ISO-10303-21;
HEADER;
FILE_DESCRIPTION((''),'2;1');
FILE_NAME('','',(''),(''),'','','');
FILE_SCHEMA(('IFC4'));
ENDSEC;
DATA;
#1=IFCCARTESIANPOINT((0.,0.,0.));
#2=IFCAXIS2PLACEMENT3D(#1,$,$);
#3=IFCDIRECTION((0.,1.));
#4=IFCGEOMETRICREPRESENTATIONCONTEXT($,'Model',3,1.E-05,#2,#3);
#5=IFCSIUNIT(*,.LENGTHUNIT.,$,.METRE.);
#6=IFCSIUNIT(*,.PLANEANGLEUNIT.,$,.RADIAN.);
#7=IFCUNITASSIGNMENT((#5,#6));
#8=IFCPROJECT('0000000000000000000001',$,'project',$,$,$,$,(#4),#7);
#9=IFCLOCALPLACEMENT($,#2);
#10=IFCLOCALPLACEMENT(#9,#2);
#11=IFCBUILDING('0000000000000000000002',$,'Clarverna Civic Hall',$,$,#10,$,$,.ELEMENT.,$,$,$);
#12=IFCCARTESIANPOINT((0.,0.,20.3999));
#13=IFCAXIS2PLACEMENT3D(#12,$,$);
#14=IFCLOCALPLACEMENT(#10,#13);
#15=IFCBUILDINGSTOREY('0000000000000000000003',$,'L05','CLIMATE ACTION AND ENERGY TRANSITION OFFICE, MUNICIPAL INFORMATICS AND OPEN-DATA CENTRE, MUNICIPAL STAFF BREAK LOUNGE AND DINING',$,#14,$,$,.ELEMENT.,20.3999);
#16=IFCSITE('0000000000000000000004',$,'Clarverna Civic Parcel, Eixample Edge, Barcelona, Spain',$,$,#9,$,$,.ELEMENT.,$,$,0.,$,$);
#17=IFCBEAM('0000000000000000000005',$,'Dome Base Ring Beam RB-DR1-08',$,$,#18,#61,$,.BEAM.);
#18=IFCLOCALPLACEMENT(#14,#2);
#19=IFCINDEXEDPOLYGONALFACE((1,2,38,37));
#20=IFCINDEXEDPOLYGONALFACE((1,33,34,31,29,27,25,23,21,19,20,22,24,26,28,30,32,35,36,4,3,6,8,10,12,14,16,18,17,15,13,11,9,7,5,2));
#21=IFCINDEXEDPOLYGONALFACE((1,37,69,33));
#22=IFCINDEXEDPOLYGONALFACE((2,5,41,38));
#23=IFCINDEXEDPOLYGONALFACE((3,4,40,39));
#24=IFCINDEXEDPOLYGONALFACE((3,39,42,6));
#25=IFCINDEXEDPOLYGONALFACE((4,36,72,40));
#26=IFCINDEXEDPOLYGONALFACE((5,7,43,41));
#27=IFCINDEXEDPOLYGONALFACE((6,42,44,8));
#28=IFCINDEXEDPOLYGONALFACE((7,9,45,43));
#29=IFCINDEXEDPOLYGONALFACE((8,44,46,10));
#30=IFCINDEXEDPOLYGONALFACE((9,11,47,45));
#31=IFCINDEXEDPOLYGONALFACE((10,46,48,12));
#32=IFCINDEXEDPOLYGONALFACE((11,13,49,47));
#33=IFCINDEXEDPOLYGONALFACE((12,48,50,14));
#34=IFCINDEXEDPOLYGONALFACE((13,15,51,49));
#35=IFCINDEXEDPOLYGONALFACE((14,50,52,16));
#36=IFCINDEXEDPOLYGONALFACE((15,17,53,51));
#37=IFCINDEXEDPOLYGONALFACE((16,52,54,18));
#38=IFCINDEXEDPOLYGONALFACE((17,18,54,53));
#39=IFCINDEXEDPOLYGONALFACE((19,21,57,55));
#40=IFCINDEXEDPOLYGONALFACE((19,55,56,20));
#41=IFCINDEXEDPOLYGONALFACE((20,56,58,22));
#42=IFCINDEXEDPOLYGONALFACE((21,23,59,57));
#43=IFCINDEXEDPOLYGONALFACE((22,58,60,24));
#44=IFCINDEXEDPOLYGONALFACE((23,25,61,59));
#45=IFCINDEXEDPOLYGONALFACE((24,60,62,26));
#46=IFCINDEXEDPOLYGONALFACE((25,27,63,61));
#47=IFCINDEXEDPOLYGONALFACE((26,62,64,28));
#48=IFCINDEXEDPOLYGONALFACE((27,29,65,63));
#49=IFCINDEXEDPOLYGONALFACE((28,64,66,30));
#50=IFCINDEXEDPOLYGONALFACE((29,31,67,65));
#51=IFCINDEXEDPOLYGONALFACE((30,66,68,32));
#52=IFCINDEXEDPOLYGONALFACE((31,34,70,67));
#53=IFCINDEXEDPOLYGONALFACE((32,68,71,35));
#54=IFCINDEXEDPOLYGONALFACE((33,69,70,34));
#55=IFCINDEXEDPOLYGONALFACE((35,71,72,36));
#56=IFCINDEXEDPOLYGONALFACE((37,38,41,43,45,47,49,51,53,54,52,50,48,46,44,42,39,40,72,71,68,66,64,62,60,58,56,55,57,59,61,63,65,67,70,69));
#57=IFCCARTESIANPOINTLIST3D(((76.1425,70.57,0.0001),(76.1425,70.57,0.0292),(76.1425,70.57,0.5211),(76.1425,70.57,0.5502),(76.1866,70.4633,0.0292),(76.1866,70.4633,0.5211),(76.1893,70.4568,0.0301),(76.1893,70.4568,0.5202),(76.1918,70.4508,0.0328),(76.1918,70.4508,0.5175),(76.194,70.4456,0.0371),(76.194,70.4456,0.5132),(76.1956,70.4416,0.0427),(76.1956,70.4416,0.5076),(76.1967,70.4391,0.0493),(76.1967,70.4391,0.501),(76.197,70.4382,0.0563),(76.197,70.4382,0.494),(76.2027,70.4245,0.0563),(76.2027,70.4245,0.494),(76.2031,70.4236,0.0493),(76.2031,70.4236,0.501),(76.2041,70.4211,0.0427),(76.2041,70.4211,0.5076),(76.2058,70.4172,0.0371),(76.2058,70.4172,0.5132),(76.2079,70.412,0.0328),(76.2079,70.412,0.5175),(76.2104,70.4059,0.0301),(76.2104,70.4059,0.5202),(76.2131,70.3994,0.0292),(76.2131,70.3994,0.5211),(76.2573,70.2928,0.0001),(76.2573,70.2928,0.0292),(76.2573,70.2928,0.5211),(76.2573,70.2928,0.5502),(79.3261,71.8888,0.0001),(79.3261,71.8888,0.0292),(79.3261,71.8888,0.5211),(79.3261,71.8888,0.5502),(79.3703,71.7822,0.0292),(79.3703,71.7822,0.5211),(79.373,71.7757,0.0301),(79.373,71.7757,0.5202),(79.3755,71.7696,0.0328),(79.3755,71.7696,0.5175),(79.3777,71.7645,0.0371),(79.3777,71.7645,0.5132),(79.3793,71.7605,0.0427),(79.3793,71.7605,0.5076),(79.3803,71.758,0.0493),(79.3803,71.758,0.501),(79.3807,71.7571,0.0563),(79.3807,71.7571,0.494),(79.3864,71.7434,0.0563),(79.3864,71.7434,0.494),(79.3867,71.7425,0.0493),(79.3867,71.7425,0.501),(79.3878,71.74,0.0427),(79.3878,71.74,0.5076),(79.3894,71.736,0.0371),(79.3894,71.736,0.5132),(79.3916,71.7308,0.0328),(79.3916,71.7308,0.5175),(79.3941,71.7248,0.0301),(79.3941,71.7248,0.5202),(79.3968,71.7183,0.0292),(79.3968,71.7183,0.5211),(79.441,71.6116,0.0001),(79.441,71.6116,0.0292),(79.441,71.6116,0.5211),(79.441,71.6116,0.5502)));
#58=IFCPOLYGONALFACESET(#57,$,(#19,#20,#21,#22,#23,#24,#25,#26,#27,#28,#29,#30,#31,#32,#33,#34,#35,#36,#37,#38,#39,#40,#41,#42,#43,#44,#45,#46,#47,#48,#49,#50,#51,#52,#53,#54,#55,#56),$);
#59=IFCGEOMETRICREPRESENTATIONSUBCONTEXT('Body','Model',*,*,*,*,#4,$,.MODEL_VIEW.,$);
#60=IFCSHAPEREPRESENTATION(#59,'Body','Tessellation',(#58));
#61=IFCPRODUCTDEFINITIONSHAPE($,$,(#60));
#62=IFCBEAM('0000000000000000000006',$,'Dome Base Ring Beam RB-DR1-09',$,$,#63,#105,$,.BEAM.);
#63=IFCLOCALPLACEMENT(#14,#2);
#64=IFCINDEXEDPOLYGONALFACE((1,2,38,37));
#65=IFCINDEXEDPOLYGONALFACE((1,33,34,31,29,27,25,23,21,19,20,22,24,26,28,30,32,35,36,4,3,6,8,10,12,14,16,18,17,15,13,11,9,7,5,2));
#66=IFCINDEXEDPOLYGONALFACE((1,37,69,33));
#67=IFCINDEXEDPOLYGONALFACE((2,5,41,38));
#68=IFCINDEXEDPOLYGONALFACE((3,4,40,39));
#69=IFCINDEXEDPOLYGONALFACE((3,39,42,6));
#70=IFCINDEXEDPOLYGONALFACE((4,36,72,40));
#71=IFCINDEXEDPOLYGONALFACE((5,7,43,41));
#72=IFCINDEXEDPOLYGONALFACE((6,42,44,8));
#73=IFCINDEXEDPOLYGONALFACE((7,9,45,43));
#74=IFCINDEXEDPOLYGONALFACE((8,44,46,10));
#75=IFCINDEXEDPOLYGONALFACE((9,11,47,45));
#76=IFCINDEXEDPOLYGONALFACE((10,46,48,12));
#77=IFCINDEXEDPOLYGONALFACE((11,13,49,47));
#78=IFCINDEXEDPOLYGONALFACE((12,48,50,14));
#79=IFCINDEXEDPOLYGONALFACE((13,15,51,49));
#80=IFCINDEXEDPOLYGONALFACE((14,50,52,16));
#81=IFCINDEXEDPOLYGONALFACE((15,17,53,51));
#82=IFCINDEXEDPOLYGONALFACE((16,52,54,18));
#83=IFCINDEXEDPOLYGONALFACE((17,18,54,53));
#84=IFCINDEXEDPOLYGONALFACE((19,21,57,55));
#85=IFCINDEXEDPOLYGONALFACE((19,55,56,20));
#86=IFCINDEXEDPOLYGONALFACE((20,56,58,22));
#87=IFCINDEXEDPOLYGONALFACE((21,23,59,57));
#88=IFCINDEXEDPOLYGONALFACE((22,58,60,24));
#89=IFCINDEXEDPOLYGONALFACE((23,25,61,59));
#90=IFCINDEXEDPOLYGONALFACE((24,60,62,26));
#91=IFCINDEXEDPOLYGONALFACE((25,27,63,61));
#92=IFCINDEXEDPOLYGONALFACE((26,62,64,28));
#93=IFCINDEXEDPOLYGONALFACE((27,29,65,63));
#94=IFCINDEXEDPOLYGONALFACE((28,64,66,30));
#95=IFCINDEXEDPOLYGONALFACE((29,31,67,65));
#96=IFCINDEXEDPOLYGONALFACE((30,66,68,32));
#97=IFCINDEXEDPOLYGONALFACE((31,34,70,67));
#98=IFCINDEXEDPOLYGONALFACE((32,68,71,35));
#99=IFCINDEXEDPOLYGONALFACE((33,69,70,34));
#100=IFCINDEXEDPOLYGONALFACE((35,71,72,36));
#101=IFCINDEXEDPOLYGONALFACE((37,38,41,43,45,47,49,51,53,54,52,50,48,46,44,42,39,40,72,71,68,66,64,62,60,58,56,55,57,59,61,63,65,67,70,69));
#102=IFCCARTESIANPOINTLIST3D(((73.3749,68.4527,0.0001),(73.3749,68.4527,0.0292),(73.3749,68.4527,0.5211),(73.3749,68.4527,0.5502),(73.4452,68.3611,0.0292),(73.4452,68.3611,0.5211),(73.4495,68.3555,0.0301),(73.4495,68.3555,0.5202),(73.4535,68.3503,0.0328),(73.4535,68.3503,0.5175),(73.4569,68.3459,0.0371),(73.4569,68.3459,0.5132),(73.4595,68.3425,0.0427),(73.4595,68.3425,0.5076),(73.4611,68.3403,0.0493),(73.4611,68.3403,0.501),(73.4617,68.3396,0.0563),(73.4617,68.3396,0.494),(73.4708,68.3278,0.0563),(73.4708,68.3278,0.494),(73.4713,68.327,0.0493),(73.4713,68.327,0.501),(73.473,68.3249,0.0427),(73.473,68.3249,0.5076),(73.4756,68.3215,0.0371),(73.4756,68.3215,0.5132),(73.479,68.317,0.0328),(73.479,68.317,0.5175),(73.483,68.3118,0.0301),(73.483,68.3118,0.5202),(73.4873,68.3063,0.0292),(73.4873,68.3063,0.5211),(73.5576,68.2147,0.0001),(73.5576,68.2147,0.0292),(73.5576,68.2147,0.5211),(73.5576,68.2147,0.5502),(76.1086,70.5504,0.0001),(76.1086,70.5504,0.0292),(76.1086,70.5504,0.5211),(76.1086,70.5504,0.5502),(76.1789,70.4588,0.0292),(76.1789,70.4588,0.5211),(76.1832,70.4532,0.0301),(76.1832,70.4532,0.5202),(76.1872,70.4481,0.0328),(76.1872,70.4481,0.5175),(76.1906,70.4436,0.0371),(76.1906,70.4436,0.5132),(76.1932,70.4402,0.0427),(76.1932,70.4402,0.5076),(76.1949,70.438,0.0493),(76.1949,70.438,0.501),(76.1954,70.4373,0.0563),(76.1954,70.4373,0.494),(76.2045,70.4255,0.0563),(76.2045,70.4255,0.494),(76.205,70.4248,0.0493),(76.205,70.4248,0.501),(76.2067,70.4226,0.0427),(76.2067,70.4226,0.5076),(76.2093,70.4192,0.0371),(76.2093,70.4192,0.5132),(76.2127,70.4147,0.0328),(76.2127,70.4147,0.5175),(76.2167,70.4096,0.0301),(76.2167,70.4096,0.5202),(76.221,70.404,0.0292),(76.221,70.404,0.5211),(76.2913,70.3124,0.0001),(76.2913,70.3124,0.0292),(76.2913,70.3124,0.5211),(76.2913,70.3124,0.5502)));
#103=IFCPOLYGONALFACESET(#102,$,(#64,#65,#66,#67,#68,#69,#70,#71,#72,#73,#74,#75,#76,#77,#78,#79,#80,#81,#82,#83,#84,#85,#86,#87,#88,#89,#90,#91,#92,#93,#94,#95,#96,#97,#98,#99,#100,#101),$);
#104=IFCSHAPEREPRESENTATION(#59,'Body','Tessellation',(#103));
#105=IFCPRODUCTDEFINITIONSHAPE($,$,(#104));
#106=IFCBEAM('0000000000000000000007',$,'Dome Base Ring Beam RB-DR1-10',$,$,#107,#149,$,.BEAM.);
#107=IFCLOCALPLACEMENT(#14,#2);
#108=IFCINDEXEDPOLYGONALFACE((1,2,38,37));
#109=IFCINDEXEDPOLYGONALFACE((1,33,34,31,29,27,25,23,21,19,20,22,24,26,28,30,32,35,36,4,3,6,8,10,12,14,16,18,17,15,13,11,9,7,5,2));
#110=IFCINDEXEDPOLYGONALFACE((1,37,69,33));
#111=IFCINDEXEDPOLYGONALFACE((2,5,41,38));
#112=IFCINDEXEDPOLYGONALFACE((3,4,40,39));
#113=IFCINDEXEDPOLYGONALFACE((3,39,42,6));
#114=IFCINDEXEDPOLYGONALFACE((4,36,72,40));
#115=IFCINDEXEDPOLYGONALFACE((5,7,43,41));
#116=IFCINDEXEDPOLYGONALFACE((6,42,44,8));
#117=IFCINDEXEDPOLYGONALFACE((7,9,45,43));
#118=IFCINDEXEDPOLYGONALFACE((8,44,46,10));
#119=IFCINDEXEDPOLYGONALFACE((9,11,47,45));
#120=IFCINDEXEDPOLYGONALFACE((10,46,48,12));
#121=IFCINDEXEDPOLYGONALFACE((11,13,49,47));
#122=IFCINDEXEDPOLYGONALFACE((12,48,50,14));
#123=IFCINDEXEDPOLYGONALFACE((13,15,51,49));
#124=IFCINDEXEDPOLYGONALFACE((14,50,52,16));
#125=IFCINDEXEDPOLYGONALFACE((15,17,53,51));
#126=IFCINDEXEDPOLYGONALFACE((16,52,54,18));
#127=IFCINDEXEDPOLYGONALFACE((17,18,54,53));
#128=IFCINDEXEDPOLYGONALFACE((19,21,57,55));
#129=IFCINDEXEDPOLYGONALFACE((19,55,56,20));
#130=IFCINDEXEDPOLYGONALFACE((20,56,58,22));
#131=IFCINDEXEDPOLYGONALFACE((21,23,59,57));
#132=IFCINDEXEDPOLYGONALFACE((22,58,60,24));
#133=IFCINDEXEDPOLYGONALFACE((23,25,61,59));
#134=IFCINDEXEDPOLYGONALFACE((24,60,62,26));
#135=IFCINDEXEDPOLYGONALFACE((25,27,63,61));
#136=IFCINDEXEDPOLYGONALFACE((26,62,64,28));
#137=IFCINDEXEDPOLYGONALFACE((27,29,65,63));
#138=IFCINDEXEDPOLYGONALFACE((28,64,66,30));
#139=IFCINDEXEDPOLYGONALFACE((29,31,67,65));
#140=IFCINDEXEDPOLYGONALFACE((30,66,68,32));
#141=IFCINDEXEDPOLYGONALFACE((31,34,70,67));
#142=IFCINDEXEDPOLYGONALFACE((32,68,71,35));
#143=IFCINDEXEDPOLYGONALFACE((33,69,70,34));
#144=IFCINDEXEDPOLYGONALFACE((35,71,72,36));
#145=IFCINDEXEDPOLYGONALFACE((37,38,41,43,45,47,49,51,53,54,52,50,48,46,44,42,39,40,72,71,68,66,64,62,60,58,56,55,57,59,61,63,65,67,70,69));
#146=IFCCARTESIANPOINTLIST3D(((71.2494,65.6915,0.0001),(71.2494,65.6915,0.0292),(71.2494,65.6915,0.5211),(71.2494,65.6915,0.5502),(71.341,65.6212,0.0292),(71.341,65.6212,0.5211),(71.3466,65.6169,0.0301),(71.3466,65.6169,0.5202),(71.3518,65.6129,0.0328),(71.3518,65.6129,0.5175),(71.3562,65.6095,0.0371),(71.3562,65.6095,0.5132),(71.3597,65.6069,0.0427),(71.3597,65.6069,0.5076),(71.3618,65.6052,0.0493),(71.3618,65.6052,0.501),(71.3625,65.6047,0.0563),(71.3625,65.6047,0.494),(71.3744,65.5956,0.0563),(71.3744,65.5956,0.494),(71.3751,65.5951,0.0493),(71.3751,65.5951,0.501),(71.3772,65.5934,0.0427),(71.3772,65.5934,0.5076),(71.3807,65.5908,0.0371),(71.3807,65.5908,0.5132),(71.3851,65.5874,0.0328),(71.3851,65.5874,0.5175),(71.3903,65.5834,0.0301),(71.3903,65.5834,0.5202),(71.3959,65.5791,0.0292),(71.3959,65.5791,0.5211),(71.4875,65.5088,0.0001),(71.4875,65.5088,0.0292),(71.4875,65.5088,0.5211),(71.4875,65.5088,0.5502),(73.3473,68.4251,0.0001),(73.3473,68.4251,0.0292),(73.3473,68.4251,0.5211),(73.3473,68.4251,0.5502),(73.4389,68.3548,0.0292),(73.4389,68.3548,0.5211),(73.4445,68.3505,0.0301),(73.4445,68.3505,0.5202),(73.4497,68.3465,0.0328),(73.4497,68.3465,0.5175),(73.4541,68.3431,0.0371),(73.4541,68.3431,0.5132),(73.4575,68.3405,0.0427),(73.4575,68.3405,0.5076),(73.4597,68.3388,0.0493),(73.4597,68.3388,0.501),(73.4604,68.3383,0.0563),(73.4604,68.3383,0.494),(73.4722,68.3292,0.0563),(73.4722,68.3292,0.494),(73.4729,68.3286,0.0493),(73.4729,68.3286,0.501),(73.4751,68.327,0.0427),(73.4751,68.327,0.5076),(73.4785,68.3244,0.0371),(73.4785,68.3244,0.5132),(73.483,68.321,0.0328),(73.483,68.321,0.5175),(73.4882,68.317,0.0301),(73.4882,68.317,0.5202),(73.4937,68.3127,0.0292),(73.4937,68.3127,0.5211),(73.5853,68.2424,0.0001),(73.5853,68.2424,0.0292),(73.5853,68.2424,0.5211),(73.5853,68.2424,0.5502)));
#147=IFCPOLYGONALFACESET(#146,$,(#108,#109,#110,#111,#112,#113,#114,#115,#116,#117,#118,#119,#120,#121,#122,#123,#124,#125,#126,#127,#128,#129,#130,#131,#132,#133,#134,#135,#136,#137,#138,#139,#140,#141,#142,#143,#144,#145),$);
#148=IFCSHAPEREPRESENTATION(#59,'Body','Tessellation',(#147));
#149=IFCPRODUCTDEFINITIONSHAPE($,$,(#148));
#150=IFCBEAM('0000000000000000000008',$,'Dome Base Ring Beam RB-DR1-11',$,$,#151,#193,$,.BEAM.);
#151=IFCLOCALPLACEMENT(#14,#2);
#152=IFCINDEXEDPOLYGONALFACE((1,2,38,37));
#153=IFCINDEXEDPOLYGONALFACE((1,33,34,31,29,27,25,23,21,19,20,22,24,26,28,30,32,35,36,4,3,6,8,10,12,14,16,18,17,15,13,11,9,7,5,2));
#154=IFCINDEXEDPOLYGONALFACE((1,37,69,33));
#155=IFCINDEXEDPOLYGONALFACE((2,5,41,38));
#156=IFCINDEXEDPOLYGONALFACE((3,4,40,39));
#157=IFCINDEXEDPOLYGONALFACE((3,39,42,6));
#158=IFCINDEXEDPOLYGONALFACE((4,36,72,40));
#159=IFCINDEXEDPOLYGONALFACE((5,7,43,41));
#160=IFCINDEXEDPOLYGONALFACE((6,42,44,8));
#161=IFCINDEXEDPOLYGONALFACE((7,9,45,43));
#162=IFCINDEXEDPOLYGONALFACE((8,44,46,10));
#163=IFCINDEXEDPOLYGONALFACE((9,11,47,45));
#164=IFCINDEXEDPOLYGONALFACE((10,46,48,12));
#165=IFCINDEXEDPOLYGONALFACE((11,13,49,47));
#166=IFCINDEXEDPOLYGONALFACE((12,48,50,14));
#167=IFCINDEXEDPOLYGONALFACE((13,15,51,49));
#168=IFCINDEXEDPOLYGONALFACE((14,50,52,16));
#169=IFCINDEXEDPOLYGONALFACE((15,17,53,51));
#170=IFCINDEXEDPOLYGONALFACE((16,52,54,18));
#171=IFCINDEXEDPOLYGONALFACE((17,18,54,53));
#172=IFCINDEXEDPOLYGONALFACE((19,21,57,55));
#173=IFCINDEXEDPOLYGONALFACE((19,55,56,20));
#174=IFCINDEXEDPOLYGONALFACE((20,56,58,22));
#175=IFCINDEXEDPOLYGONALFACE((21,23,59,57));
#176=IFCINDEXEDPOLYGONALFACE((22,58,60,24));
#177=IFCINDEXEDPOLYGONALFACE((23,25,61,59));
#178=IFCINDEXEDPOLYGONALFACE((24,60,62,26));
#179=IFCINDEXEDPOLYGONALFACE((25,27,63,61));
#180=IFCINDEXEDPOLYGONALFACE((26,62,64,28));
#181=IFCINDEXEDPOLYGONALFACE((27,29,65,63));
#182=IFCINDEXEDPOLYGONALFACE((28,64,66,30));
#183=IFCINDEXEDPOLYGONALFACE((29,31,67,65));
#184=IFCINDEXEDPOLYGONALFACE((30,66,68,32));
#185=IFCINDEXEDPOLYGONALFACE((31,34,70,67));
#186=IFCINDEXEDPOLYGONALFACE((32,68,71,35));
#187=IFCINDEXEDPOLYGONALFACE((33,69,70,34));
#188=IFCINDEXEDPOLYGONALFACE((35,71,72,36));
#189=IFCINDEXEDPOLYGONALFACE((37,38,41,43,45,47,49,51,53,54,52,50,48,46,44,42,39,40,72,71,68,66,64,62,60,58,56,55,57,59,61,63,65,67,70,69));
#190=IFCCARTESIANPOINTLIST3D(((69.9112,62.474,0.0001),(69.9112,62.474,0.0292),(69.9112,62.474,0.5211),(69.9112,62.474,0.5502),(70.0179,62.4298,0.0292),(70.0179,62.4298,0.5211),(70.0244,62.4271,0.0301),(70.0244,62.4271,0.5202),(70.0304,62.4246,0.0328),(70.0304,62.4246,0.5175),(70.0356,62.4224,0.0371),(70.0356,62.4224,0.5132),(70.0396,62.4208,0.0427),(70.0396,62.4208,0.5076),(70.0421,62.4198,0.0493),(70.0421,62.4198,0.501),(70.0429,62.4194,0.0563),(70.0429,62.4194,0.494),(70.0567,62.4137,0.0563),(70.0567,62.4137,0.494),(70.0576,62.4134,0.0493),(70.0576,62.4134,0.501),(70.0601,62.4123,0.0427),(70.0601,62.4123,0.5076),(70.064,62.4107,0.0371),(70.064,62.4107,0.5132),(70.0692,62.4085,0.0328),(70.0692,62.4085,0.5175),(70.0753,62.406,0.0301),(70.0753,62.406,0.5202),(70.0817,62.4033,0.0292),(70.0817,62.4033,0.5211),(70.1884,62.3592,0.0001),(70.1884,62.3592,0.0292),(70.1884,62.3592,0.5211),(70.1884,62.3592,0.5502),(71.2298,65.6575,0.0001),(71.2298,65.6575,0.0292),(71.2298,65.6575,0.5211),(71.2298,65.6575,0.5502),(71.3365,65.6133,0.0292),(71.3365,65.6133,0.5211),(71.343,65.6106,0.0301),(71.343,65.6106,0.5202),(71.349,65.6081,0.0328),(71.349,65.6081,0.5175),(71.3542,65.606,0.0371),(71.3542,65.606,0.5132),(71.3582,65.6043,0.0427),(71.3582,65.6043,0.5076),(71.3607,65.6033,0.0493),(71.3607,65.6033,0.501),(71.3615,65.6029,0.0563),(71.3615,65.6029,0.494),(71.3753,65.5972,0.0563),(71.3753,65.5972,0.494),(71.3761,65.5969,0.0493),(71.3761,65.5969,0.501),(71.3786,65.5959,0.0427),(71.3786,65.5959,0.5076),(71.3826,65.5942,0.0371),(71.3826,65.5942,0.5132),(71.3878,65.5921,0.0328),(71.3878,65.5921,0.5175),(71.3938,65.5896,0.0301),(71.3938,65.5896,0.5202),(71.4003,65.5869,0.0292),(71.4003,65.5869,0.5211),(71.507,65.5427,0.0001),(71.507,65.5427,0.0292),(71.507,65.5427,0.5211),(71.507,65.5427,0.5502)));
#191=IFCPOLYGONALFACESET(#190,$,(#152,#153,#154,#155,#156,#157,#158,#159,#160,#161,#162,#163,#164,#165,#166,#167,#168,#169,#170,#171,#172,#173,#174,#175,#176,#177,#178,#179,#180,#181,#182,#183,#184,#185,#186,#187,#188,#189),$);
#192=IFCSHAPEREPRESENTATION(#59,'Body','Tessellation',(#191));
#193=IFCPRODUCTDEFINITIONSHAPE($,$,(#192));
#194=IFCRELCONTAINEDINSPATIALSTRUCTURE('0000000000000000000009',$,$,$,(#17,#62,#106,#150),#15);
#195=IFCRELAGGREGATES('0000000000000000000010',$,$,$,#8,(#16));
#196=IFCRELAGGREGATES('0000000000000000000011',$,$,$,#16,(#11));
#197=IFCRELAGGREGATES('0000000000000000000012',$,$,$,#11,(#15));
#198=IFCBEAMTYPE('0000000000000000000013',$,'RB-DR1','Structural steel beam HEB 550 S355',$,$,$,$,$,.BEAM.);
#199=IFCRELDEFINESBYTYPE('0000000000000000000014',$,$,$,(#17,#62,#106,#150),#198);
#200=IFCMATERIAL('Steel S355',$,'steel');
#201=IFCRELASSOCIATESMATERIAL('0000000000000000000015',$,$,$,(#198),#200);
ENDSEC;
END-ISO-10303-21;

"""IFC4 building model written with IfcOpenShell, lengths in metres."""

from ifc_helpers import new_model, si_unit, direction, frame, origin, origin_2d, place, context, subcontext, project, spatial, i_section, extrude, material, material_profile, profile_set, type_object, element, save


model = new_model("IFC4")

# Units and contexts
model_context = context("Model", 3, precision=1e-05, world=origin(), true_north=direction((0.0, 1.0)))
body_context = subcontext(model_context, "Body", "Model", "MODEL_VIEW")
ifc_project = project(units=[si_unit("LENGTHUNIT", "METRE"), si_unit("PLANEANGLEUNIT", "RADIAN")], contexts=[model_context])

# Site, building, storey
site_placement = place(None, origin())
site = spatial("IfcSite", under=ifc_project, at=site_placement, Name="Clarverna Civic Parcel, Eixample Edge, Barcelona, Spain", CompositionType="ELEMENT", RefElevation=0.0)
building_placement = place(site_placement, origin())
building = spatial("IfcBuilding", under=site, at=building_placement, Name="Clarverna Civic Hall", CompositionType="ELEMENT")
storey_placement = place(building_placement, frame((0.0, 0.0, 20.3999)))
storey = spatial("IfcBuildingStorey", under=building, at=storey_placement, Name="L05", Description="CLIMATE ACTION AND ENERGY TRANSITION OFFICE, MUNICIPAL INFORMATICS AND OPEN-DATA CENTRE, MUNICIPAL STAFF BREAK LOUNGE AND DINING", CompositionType="ELEMENT", Elevation=20.3999)

# Beams
ifc_material_1 = material(Name="Steel S355", Category="steel")
ifc_material_profile = material_profile(ifc_material_1, i_section(OverallWidth=0.3, OverallDepth=0.55, WebThickness=0.0149, FlangeThickness=0.0291, FilletRadius=0.0271, at=origin_2d()), Name="HEB 550")
ifc_profile_set = profile_set([ifc_material_profile], Name="Steel S355")
beam_type = type_object("IfcBeamType", Name="RB-DR1", Description="Structural steel beam HEB 550 S355", PredefinedType="BEAM", material=ifc_profile_set)
beam_placement = place(storey_placement, frame((79.3835, 71.7502, 0.2751), z_axis=(-0.923863, -0.382723, 0.0), x_axis=(0.382723, -0.923863, 0.0)))
element("IfcBeam", 1, at=beam_placement, inside=storey, type_object=beam_type, Name="Dome Base Ring Beam RB-DR1-08", PredefinedType="BEAM", context=body_context, shape_type="SweptSolid", body=[
    extrude(i_section(OverallWidth=0.3, OverallDepth=0.55, WebThickness=0.0149, FlangeThickness=0.0291, FilletRadius=0.0271, at=origin_2d()), origin(), (0.0, 0.0, 1.0), 3.446),
])
for number, where, z_axis, x_axis, name in (
    (2, (76.2, 70.4314, 0.2751), (-0.793345, -0.608772, 0.0), (0.608772, -0.793345, 0.0), "Dome Base Ring Beam RB-DR1-09"),
    (3, (73.4663, 68.3337, 0.2751), (-0.608817, -0.793311, 0.0), (0.793311, -0.608817, 0.0), "Dome Base Ring Beam RB-DR1-10"),
    (4, (71.3684, 65.6001, 0.2751), (-0.382663, -0.923888, 0.0), (0.923888, -0.382663, 0.0), "Dome Base Ring Beam RB-DR1-11"),
):
    element("IfcBeam", number, at=place(storey_placement, frame(where, z_axis=z_axis, x_axis=x_axis)), inside=storey, type_object=beam_type, Name=name, PredefinedType="BEAM", context=body_context, shape_type="SweptSolid", body=[
        extrude(i_section(OverallWidth=0.3, OverallDepth=0.55, WebThickness=0.0149, FlangeThickness=0.0291, FilletRadius=0.0271, at=origin_2d()), origin(), (0.0, 0.0, 1.0), 3.4458),
    ])

save(model, "model.ifc")
